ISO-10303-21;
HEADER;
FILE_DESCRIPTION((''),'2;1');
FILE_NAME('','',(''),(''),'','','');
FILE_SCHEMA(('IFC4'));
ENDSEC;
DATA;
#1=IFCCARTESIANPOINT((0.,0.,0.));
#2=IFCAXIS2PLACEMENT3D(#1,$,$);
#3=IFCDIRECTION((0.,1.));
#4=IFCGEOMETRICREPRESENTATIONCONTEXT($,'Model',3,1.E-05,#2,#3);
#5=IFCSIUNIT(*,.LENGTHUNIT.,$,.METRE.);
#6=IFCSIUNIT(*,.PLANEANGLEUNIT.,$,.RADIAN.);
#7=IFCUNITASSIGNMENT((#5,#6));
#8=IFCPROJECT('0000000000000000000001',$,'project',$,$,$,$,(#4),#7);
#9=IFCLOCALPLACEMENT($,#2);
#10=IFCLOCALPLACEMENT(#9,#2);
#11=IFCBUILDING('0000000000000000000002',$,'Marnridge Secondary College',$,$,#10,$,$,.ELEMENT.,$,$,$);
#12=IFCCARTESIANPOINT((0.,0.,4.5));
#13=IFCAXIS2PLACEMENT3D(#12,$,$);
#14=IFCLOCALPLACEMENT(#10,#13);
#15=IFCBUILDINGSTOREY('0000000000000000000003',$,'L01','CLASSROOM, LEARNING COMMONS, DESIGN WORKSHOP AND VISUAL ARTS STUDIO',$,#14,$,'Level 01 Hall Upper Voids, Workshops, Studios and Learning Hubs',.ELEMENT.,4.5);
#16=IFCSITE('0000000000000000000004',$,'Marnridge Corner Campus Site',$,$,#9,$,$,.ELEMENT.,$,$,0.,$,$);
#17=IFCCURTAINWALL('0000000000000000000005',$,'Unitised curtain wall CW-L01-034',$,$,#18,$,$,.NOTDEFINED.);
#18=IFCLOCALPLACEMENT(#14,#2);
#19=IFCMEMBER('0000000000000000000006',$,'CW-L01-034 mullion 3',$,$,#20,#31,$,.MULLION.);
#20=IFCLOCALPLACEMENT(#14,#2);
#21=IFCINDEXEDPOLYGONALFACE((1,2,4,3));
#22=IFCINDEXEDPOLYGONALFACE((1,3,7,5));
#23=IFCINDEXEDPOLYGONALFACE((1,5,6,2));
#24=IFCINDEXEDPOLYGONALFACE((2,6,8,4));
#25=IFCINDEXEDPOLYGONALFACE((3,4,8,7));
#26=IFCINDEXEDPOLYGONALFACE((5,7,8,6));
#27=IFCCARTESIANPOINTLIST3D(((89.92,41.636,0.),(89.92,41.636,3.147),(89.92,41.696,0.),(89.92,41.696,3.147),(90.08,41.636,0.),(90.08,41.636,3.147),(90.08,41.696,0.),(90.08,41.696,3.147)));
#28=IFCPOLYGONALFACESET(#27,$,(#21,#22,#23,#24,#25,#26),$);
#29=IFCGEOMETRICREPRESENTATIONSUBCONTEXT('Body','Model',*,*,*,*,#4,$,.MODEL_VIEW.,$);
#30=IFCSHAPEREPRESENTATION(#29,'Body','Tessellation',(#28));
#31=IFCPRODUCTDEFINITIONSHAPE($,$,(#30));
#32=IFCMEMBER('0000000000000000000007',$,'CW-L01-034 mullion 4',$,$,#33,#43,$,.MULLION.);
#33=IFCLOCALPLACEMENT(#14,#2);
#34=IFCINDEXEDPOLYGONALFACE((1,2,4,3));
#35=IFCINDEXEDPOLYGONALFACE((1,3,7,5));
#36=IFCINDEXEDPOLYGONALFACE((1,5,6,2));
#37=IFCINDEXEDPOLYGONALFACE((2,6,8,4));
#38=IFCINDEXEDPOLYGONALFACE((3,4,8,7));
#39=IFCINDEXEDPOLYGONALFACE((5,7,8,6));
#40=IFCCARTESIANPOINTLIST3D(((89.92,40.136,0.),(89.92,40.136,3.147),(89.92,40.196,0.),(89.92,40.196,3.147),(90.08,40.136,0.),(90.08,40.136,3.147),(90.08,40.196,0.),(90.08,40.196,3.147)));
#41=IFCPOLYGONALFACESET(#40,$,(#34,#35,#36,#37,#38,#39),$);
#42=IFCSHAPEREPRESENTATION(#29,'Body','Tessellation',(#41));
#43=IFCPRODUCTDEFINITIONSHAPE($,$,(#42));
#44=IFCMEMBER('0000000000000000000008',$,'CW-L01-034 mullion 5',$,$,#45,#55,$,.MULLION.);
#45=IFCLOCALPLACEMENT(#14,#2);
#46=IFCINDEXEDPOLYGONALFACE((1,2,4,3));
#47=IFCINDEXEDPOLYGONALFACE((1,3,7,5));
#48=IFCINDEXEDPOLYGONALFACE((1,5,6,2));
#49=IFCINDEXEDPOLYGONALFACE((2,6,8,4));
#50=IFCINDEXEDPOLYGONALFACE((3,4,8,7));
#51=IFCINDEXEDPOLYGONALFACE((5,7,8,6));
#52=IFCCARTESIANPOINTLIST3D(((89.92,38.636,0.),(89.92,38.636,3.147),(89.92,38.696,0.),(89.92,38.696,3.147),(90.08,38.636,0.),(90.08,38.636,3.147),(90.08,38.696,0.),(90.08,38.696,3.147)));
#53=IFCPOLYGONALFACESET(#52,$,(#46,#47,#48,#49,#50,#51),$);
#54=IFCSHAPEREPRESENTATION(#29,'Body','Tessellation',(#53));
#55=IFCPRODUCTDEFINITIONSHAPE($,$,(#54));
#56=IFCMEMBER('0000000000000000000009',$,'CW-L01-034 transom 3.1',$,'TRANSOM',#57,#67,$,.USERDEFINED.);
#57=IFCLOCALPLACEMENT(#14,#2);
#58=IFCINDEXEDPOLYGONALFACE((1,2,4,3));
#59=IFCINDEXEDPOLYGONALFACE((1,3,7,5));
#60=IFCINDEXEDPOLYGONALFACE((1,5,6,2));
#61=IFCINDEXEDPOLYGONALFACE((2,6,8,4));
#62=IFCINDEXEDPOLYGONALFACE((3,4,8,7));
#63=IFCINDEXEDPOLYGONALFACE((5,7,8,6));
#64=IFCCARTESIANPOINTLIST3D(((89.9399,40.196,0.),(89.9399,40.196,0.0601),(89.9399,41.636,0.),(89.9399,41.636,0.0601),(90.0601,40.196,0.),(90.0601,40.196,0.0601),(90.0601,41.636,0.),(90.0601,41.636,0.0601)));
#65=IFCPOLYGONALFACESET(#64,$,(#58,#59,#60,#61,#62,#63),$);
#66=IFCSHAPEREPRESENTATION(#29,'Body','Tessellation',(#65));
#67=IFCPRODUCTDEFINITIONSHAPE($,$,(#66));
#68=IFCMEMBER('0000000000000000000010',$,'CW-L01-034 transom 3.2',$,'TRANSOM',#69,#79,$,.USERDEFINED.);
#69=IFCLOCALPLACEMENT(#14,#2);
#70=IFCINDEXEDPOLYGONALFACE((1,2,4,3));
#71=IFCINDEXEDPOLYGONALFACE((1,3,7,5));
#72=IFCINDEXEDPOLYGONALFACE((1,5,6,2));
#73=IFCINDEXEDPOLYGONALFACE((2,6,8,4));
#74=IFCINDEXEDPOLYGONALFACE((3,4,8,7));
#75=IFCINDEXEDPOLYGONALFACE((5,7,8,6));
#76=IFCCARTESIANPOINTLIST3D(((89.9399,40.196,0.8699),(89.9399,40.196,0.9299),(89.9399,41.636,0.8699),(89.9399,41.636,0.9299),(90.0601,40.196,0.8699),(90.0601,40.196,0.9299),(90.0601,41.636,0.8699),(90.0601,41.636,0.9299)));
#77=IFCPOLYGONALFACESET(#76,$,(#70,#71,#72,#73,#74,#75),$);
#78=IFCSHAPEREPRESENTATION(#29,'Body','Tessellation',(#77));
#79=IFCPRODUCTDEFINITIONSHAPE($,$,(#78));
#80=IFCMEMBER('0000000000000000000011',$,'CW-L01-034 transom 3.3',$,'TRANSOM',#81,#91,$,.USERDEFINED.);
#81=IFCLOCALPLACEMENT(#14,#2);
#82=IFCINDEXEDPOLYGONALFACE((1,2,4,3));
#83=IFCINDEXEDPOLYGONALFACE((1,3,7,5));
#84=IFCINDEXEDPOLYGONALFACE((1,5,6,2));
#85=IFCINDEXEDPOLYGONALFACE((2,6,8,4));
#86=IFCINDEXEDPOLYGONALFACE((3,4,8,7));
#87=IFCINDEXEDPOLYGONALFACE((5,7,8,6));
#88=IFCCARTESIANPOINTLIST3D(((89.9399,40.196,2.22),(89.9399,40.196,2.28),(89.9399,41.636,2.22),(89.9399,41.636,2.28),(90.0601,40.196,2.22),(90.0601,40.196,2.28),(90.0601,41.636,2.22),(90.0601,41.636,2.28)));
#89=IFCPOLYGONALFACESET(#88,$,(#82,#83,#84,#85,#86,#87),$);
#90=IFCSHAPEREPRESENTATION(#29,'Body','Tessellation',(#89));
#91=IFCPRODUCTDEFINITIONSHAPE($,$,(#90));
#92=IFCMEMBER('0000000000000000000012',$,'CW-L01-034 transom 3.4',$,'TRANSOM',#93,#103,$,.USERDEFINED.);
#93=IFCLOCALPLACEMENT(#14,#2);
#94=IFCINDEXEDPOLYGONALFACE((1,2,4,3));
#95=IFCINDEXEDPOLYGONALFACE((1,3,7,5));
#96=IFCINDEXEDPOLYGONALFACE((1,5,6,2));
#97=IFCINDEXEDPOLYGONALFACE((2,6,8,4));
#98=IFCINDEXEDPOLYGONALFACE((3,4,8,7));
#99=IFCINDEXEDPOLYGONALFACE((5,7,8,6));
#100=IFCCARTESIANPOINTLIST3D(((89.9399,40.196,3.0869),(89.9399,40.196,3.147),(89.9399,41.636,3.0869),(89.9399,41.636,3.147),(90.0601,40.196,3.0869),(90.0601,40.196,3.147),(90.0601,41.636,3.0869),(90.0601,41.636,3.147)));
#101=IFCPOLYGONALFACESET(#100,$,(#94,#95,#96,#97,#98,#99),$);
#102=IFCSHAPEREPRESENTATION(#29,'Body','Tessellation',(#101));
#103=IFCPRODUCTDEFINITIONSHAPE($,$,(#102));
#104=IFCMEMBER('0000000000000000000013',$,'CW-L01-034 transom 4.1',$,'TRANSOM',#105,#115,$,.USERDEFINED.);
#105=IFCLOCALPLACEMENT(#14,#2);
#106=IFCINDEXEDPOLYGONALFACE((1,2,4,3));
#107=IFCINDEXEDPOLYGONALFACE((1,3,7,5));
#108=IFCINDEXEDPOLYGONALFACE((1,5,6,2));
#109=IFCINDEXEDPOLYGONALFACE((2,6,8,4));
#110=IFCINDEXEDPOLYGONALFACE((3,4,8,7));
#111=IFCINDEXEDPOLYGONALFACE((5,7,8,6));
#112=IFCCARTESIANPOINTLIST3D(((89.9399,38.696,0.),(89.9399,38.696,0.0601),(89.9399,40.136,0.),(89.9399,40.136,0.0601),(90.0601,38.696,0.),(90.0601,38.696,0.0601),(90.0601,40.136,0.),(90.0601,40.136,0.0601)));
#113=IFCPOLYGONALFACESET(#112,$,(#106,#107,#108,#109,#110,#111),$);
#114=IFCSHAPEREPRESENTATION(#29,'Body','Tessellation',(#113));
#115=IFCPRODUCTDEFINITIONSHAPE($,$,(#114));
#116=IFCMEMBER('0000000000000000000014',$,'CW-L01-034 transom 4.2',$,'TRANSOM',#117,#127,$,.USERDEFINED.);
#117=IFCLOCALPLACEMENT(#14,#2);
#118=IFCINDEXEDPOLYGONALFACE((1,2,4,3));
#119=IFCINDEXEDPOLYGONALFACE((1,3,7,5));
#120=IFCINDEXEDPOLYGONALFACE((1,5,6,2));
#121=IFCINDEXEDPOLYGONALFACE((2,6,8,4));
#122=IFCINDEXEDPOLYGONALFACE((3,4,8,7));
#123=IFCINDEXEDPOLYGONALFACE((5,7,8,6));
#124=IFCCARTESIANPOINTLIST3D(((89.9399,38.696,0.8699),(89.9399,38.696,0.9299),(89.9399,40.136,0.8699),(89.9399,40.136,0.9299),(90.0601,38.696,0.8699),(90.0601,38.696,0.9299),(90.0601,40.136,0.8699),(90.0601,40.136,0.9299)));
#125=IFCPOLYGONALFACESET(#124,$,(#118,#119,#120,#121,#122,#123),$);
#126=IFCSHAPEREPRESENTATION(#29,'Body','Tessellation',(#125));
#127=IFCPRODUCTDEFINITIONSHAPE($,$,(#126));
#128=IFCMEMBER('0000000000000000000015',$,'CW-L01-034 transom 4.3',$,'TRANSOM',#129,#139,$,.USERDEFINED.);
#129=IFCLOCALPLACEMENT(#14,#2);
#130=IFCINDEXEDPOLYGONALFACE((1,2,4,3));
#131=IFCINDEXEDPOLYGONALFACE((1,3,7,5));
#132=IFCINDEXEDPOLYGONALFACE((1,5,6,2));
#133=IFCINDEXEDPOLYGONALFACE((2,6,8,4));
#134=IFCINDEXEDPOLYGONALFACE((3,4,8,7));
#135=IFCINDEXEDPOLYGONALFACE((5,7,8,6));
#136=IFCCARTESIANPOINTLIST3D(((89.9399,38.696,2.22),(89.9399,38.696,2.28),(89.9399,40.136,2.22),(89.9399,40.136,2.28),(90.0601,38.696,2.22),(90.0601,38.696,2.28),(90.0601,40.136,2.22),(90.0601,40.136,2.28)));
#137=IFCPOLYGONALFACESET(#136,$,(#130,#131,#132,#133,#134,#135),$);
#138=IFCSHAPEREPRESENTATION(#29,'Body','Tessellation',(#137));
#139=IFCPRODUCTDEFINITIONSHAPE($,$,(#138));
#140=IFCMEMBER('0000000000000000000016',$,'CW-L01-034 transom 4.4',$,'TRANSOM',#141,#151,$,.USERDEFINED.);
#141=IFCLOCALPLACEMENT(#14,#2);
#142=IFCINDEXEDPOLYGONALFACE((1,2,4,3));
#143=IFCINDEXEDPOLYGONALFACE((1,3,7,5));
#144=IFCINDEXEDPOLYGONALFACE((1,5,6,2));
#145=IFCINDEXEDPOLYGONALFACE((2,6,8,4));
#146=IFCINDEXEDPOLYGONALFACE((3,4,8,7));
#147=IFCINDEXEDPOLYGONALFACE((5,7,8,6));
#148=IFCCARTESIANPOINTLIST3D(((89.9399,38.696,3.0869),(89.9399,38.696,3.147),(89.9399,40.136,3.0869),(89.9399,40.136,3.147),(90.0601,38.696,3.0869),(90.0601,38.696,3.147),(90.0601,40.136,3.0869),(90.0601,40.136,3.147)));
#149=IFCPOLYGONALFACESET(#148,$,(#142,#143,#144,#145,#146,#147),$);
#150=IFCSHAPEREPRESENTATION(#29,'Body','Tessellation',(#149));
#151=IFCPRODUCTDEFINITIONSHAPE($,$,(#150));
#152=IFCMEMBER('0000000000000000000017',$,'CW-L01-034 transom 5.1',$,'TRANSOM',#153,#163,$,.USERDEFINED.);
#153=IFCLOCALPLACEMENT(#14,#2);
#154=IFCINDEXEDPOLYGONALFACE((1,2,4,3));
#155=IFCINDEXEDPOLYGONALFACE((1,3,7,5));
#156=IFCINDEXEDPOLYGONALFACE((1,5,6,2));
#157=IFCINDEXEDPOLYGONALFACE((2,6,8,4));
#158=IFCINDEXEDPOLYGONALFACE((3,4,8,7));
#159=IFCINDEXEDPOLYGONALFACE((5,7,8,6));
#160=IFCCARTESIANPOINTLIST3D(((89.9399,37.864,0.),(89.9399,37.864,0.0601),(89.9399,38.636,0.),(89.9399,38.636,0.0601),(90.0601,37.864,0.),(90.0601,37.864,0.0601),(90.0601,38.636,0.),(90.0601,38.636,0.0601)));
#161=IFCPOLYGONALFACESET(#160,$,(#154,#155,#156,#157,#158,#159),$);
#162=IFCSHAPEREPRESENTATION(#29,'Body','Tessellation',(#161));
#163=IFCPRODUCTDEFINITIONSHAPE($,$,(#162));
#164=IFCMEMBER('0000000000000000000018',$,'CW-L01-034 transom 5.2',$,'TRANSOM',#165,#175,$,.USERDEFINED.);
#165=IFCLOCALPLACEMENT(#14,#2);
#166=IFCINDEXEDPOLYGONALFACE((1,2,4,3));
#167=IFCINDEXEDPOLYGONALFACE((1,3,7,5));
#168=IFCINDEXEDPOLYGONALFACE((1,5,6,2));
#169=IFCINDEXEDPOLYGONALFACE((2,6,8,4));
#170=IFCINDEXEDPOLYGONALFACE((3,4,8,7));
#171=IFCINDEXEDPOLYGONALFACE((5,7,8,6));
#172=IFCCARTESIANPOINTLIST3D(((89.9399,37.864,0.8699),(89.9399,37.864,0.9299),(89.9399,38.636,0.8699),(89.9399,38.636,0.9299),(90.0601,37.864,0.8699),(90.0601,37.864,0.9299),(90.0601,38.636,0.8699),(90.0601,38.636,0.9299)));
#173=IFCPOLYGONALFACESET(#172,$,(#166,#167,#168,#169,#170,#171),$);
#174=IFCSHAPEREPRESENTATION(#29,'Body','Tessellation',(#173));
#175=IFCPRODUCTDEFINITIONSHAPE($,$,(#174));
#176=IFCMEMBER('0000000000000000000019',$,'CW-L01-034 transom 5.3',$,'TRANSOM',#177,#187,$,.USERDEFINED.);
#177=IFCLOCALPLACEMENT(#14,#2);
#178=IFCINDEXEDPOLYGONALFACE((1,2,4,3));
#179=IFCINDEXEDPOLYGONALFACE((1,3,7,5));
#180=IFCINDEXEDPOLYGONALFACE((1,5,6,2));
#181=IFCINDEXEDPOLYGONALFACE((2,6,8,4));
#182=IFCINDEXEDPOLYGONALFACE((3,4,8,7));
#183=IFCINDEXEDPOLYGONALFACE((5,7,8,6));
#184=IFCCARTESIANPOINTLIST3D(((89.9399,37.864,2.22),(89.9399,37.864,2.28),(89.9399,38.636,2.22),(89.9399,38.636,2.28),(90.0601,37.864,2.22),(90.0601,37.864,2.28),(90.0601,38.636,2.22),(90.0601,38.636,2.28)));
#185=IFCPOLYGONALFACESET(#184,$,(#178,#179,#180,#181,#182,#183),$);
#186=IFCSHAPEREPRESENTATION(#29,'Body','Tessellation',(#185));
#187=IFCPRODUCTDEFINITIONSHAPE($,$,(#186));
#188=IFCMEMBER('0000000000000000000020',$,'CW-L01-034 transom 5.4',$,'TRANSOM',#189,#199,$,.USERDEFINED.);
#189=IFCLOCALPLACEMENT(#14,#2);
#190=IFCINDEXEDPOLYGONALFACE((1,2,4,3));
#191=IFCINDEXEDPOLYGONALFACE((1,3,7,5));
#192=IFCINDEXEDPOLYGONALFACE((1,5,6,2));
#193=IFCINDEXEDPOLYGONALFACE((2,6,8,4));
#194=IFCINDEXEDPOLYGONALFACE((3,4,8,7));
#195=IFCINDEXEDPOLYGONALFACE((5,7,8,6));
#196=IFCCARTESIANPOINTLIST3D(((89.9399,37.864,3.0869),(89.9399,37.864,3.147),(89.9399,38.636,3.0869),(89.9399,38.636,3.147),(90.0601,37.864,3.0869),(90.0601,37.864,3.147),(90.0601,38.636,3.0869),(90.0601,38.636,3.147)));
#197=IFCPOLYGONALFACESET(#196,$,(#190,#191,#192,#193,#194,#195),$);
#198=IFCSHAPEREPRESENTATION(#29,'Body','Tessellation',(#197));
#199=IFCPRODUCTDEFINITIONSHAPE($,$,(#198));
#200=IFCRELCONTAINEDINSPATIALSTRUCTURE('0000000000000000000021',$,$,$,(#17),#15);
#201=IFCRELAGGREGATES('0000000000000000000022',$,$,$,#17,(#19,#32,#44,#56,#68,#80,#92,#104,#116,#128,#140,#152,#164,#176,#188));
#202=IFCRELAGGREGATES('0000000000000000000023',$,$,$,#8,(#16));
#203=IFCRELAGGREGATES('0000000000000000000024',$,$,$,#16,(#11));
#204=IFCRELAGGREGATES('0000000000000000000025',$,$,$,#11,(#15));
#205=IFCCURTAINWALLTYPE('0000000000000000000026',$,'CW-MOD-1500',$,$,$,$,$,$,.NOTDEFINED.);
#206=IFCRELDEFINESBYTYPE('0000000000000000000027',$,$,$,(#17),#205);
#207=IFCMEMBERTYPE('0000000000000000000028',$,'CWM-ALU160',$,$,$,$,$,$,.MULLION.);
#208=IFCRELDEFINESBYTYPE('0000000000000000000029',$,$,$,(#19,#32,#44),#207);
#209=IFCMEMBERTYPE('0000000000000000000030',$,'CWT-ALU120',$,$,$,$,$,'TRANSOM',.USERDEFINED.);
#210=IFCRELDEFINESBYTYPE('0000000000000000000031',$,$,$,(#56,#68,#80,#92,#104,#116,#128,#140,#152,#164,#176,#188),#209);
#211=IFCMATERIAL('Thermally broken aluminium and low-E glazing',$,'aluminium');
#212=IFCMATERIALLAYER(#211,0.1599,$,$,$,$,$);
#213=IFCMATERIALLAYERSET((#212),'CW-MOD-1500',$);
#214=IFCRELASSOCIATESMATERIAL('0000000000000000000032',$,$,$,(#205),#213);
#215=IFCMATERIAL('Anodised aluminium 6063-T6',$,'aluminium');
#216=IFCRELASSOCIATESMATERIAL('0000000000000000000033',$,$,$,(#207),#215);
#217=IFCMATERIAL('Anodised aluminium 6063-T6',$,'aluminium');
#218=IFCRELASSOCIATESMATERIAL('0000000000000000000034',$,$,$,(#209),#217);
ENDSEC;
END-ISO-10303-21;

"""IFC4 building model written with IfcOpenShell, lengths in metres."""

from ifc_helpers import new_model, si_unit, direction, frame, origin, origin_2d, place, context, subcontext, project, spatial, rectangle, extrude, material, layer, layer_set, material_profile, profile_set, type_object, element, aggregate, save


model = new_model("IFC4")

# Units and contexts
model_context = context("Model", 3, precision=1e-05, world=origin(), true_north=direction((0.0, 1.0)))
body_context = subcontext(model_context, "Body", "Model", "MODEL_VIEW")
ifc_project = project(units=[si_unit("LENGTHUNIT", "METRE"), si_unit("PLANEANGLEUNIT", "RADIAN")], contexts=[model_context])

# Site, building, storey
site_placement = place(None, origin())
site = spatial("IfcSite", under=ifc_project, at=site_placement, Name="Marnridge Corner Campus Site", CompositionType="ELEMENT", RefElevation=0.0)
building_placement = place(site_placement, origin())
building = spatial("IfcBuilding", under=site, at=building_placement, Name="Marnridge Secondary College", CompositionType="ELEMENT")
storey_placement = place(building_placement, frame((0.0, 0.0, 4.5)))
storey = spatial("IfcBuildingStorey", under=building, at=storey_placement, Name="L01", Description="CLASSROOM, LEARNING COMMONS, DESIGN WORKSHOP AND VISUAL ARTS STUDIO", LongName="Level 01 Hall Upper Voids, Workshops, Studios and Learning Hubs", CompositionType="ELEMENT", Elevation=4.5)

# Curtain wall, members
ifc_material_1 = material(Name="Thermally broken aluminium and low-E glazing", Category="aluminium")
ifc_layer_1 = layer(ifc_material_1, 0.1599)
ifc_layer_set_1 = layer_set([ifc_layer_1], Name="CW-MOD-1500")
curtain_wall_type = type_object("IfcCurtainWallType", Name="CW-MOD-1500", PredefinedType="NOTDEFINED", material=ifc_layer_set_1)
curtain_wall_placement = place(storey_placement, origin())
curtain_wall = element("IfcCurtainWall", 1, at=curtain_wall_placement, inside=storey, type_object=curtain_wall_type, Name="Unitised curtain wall CW-L01-034", PredefinedType="NOTDEFINED")
ifc_material_2 = material(Name="Anodised aluminium 6063-T6", Category="aluminium")
ifc_material_profile_1 = material_profile(ifc_material_2, rectangle(XDim=0.0601, YDim=0.1599, at=origin_2d()), Name="ALU 60x160")
ifc_profile_set_1 = profile_set([ifc_material_profile_1], Name="Anodised aluminium 6063-T6")
member_type_1 = type_object("IfcMemberType", Name="CWM-ALU160", PredefinedType="MULLION", material=ifc_profile_set_1)
member_1_placement = place(storey_placement, frame((90.0, 41.666, 0.0), z_axis=(0.0, 0.0, 1.0), x_axis=(0.0, -1.0, 0.0)))
member_1 = element("IfcMember", 2, at=member_1_placement, type_object=member_type_1, Name="CW-L01-034 mullion 3", PredefinedType="MULLION", context=body_context, shape_type="SweptSolid", body=[
    extrude(rectangle(XDim=0.0601, YDim=0.1599, at=origin_2d()), origin(), (0.0, 0.0, 1.0), 3.147),
])
member_2_placement = place(storey_placement, frame((90.0, 40.166, 0.0), z_axis=(0.0, 0.0, 1.0), x_axis=(0.0, -1.0, 0.0)))
member_2 = element("IfcMember", 3, at=member_2_placement, type_object=member_type_1, Name="CW-L01-034 mullion 4", PredefinedType="MULLION", context=body_context, shape_type="SweptSolid", body=[
    extrude(rectangle(XDim=0.0601, YDim=0.1599, at=origin_2d()), origin(), (0.0, 0.0, 1.0), 3.147),
])
member_3_placement = place(storey_placement, frame((90.0, 38.666, 0.0), z_axis=(0.0, 0.0, 1.0), x_axis=(0.0, -1.0, 0.0)))
member_3 = element("IfcMember", 4, at=member_3_placement, type_object=member_type_1, Name="CW-L01-034 mullion 5", PredefinedType="MULLION", context=body_context, shape_type="SweptSolid", body=[
    extrude(rectangle(XDim=0.0601, YDim=0.1599, at=origin_2d()), origin(), (0.0, 0.0, 1.0), 3.147),
])
ifc_material_3 = material(Name="Anodised aluminium 6063-T6", Category="aluminium")
ifc_material_profile_2 = material_profile(ifc_material_3, rectangle(XDim=0.0601, YDim=0.1201, at=origin_2d()), Name="ALU 60x120")
ifc_profile_set_2 = profile_set([ifc_material_profile_2], Name="Anodised aluminium 6063-T6")
member_type_2 = type_object("IfcMemberType", Name="CWT-ALU120", ElementType="TRANSOM", PredefinedType="USERDEFINED", material=ifc_profile_set_2)
member_4_placement = place(storey_placement, frame((90.0, 41.636, 0.03), z_axis=(0.0, -1.0, 0.0), x_axis=(0.0, 0.0, 1.0)))
member_4 = element("IfcMember", 5, at=member_4_placement, type_object=member_type_2, Name="CW-L01-034 transom 3.1", ObjectType="TRANSOM", PredefinedType="USERDEFINED", context=body_context, shape_type="SweptSolid", body=[
    extrude(rectangle(XDim=0.0601, YDim=0.1201, at=origin_2d()), origin(), (0.0, 0.0, 1.0), 1.4399),
])
member_5_placement = place(storey_placement, frame((90.0, 41.636, 0.8999), z_axis=(0.0, -1.0, 0.0), x_axis=(0.0, 0.0, 1.0)))
member_5 = element("IfcMember", 6, at=member_5_placement, type_object=member_type_2, Name="CW-L01-034 transom 3.2", ObjectType="TRANSOM", PredefinedType="USERDEFINED", context=body_context, shape_type="SweptSolid", body=[
    extrude(rectangle(XDim=0.0601, YDim=0.1201, at=origin_2d()), origin(), (0.0, 0.0, 1.0), 1.4399),
])
member_6_placement = place(storey_placement, frame((90.0, 41.636, 2.25), z_axis=(0.0, -1.0, 0.0), x_axis=(0.0, 0.0, 1.0)))
member_6 = element("IfcMember", 7, at=member_6_placement, type_object=member_type_2, Name="CW-L01-034 transom 3.3", ObjectType="TRANSOM", PredefinedType="USERDEFINED", context=body_context, shape_type="SweptSolid", body=[
    extrude(rectangle(XDim=0.0601, YDim=0.1201, at=origin_2d()), origin(), (0.0, 0.0, 1.0), 1.4399),
])
member_7_placement = place(storey_placement, frame((90.0, 41.636, 3.1169), z_axis=(0.0, -1.0, 0.0), x_axis=(0.0, 0.0, 1.0)))
member_7 = element("IfcMember", 8, at=member_7_placement, type_object=member_type_2, Name="CW-L01-034 transom 3.4", ObjectType="TRANSOM", PredefinedType="USERDEFINED", context=body_context, shape_type="SweptSolid", body=[
    extrude(rectangle(XDim=0.0601, YDim=0.1201, at=origin_2d()), origin(), (0.0, 0.0, 1.0), 1.4399),
])
member_8_placement = place(storey_placement, frame((90.0, 40.136, 0.03), z_axis=(0.0, -1.0, 0.0), x_axis=(0.0, 0.0, 1.0)))
member_8 = element("IfcMember", 9, at=member_8_placement, type_object=member_type_2, Name="CW-L01-034 transom 4.1", ObjectType="TRANSOM", PredefinedType="USERDEFINED", context=body_context, shape_type="SweptSolid", body=[
    extrude(rectangle(XDim=0.0601, YDim=0.1201, at=origin_2d()), origin(), (0.0, 0.0, 1.0), 1.4399),
])
member_9_placement = place(storey_placement, frame((90.0, 40.136, 0.8999), z_axis=(0.0, -1.0, 0.0), x_axis=(0.0, 0.0, 1.0)))
member_9 = element("IfcMember", 10, at=member_9_placement, type_object=member_type_2, Name="CW-L01-034 transom 4.2", ObjectType="TRANSOM", PredefinedType="USERDEFINED", context=body_context, shape_type="SweptSolid", body=[
    extrude(rectangle(XDim=0.0601, YDim=0.1201, at=origin_2d()), origin(), (0.0, 0.0, 1.0), 1.4399),
])
member_10_placement = place(storey_placement, frame((90.0, 40.136, 2.25), z_axis=(0.0, -1.0, 0.0), x_axis=(0.0, 0.0, 1.0)))
member_10 = element("IfcMember", 11, at=member_10_placement, type_object=member_type_2, Name="CW-L01-034 transom 4.3", ObjectType="TRANSOM", PredefinedType="USERDEFINED", context=body_context, shape_type="SweptSolid", body=[
    extrude(rectangle(XDim=0.0601, YDim=0.1201, at=origin_2d()), origin(), (0.0, 0.0, 1.0), 1.4399),
])
member_11_placement = place(storey_placement, frame((90.0, 40.136, 3.1169), z_axis=(0.0, -1.0, 0.0), x_axis=(0.0, 0.0, 1.0)))
member_11 = element("IfcMember", 12, at=member_11_placement, type_object=member_type_2, Name="CW-L01-034 transom 4.4", ObjectType="TRANSOM", PredefinedType="USERDEFINED", context=body_context, shape_type="SweptSolid", body=[
    extrude(rectangle(XDim=0.0601, YDim=0.1201, at=origin_2d()), origin(), (0.0, 0.0, 1.0), 1.4399),
])
member_12_placement = place(storey_placement, frame((90.0, 38.636, 0.03), z_axis=(0.0, -1.0, 0.0), x_axis=(0.0, 0.0, 1.0)))
member_12 = element("IfcMember", 13, at=member_12_placement, type_object=member_type_2, Name="CW-L01-034 transom 5.1", ObjectType="TRANSOM", PredefinedType="USERDEFINED", context=body_context, shape_type="SweptSolid", body=[
    extrude(rectangle(XDim=0.0601, YDim=0.1201, at=origin_2d()), origin(), (0.0, 0.0, 1.0), 0.772),
])
member_13_placement = place(storey_placement, frame((90.0, 38.636, 0.8999), z_axis=(0.0, -1.0, 0.0), x_axis=(0.0, 0.0, 1.0)))
member_13 = element("IfcMember", 14, at=member_13_placement, type_object=member_type_2, Name="CW-L01-034 transom 5.2", ObjectType="TRANSOM", PredefinedType="USERDEFINED", context=body_context, shape_type="SweptSolid", body=[
    extrude(rectangle(XDim=0.0601, YDim=0.1201, at=origin_2d()), origin(), (0.0, 0.0, 1.0), 0.772),
])
member_14_placement = place(storey_placement, frame((90.0, 38.636, 2.25), z_axis=(0.0, -1.0, 0.0), x_axis=(0.0, 0.0, 1.0)))
member_14 = element("IfcMember", 15, at=member_14_placement, type_object=member_type_2, Name="CW-L01-034 transom 5.3", ObjectType="TRANSOM", PredefinedType="USERDEFINED", context=body_context, shape_type="SweptSolid", body=[
    extrude(rectangle(XDim=0.0601, YDim=0.1201, at=origin_2d()), origin(), (0.0, 0.0, 1.0), 0.772),
])
member_15_placement = place(storey_placement, frame((90.0, 38.636, 3.1169), z_axis=(0.0, -1.0, 0.0), x_axis=(0.0, 0.0, 1.0)))
member_15 = element("IfcMember", 16, at=member_15_placement, type_object=member_type_2, Name="CW-L01-034 transom 5.4", ObjectType="TRANSOM", PredefinedType="USERDEFINED", context=body_context, shape_type="SweptSolid", body=[
    extrude(rectangle(XDim=0.0601, YDim=0.1201, at=origin_2d()), origin(), (0.0, 0.0, 1.0), 0.772),
])
aggregate(curtain_wall, [member_1, member_2, member_3, member_4, member_5, member_6, member_7, member_8, member_9, member_10, member_11, member_12, member_13, member_14, member_15])

save(model, "model.ifc")
